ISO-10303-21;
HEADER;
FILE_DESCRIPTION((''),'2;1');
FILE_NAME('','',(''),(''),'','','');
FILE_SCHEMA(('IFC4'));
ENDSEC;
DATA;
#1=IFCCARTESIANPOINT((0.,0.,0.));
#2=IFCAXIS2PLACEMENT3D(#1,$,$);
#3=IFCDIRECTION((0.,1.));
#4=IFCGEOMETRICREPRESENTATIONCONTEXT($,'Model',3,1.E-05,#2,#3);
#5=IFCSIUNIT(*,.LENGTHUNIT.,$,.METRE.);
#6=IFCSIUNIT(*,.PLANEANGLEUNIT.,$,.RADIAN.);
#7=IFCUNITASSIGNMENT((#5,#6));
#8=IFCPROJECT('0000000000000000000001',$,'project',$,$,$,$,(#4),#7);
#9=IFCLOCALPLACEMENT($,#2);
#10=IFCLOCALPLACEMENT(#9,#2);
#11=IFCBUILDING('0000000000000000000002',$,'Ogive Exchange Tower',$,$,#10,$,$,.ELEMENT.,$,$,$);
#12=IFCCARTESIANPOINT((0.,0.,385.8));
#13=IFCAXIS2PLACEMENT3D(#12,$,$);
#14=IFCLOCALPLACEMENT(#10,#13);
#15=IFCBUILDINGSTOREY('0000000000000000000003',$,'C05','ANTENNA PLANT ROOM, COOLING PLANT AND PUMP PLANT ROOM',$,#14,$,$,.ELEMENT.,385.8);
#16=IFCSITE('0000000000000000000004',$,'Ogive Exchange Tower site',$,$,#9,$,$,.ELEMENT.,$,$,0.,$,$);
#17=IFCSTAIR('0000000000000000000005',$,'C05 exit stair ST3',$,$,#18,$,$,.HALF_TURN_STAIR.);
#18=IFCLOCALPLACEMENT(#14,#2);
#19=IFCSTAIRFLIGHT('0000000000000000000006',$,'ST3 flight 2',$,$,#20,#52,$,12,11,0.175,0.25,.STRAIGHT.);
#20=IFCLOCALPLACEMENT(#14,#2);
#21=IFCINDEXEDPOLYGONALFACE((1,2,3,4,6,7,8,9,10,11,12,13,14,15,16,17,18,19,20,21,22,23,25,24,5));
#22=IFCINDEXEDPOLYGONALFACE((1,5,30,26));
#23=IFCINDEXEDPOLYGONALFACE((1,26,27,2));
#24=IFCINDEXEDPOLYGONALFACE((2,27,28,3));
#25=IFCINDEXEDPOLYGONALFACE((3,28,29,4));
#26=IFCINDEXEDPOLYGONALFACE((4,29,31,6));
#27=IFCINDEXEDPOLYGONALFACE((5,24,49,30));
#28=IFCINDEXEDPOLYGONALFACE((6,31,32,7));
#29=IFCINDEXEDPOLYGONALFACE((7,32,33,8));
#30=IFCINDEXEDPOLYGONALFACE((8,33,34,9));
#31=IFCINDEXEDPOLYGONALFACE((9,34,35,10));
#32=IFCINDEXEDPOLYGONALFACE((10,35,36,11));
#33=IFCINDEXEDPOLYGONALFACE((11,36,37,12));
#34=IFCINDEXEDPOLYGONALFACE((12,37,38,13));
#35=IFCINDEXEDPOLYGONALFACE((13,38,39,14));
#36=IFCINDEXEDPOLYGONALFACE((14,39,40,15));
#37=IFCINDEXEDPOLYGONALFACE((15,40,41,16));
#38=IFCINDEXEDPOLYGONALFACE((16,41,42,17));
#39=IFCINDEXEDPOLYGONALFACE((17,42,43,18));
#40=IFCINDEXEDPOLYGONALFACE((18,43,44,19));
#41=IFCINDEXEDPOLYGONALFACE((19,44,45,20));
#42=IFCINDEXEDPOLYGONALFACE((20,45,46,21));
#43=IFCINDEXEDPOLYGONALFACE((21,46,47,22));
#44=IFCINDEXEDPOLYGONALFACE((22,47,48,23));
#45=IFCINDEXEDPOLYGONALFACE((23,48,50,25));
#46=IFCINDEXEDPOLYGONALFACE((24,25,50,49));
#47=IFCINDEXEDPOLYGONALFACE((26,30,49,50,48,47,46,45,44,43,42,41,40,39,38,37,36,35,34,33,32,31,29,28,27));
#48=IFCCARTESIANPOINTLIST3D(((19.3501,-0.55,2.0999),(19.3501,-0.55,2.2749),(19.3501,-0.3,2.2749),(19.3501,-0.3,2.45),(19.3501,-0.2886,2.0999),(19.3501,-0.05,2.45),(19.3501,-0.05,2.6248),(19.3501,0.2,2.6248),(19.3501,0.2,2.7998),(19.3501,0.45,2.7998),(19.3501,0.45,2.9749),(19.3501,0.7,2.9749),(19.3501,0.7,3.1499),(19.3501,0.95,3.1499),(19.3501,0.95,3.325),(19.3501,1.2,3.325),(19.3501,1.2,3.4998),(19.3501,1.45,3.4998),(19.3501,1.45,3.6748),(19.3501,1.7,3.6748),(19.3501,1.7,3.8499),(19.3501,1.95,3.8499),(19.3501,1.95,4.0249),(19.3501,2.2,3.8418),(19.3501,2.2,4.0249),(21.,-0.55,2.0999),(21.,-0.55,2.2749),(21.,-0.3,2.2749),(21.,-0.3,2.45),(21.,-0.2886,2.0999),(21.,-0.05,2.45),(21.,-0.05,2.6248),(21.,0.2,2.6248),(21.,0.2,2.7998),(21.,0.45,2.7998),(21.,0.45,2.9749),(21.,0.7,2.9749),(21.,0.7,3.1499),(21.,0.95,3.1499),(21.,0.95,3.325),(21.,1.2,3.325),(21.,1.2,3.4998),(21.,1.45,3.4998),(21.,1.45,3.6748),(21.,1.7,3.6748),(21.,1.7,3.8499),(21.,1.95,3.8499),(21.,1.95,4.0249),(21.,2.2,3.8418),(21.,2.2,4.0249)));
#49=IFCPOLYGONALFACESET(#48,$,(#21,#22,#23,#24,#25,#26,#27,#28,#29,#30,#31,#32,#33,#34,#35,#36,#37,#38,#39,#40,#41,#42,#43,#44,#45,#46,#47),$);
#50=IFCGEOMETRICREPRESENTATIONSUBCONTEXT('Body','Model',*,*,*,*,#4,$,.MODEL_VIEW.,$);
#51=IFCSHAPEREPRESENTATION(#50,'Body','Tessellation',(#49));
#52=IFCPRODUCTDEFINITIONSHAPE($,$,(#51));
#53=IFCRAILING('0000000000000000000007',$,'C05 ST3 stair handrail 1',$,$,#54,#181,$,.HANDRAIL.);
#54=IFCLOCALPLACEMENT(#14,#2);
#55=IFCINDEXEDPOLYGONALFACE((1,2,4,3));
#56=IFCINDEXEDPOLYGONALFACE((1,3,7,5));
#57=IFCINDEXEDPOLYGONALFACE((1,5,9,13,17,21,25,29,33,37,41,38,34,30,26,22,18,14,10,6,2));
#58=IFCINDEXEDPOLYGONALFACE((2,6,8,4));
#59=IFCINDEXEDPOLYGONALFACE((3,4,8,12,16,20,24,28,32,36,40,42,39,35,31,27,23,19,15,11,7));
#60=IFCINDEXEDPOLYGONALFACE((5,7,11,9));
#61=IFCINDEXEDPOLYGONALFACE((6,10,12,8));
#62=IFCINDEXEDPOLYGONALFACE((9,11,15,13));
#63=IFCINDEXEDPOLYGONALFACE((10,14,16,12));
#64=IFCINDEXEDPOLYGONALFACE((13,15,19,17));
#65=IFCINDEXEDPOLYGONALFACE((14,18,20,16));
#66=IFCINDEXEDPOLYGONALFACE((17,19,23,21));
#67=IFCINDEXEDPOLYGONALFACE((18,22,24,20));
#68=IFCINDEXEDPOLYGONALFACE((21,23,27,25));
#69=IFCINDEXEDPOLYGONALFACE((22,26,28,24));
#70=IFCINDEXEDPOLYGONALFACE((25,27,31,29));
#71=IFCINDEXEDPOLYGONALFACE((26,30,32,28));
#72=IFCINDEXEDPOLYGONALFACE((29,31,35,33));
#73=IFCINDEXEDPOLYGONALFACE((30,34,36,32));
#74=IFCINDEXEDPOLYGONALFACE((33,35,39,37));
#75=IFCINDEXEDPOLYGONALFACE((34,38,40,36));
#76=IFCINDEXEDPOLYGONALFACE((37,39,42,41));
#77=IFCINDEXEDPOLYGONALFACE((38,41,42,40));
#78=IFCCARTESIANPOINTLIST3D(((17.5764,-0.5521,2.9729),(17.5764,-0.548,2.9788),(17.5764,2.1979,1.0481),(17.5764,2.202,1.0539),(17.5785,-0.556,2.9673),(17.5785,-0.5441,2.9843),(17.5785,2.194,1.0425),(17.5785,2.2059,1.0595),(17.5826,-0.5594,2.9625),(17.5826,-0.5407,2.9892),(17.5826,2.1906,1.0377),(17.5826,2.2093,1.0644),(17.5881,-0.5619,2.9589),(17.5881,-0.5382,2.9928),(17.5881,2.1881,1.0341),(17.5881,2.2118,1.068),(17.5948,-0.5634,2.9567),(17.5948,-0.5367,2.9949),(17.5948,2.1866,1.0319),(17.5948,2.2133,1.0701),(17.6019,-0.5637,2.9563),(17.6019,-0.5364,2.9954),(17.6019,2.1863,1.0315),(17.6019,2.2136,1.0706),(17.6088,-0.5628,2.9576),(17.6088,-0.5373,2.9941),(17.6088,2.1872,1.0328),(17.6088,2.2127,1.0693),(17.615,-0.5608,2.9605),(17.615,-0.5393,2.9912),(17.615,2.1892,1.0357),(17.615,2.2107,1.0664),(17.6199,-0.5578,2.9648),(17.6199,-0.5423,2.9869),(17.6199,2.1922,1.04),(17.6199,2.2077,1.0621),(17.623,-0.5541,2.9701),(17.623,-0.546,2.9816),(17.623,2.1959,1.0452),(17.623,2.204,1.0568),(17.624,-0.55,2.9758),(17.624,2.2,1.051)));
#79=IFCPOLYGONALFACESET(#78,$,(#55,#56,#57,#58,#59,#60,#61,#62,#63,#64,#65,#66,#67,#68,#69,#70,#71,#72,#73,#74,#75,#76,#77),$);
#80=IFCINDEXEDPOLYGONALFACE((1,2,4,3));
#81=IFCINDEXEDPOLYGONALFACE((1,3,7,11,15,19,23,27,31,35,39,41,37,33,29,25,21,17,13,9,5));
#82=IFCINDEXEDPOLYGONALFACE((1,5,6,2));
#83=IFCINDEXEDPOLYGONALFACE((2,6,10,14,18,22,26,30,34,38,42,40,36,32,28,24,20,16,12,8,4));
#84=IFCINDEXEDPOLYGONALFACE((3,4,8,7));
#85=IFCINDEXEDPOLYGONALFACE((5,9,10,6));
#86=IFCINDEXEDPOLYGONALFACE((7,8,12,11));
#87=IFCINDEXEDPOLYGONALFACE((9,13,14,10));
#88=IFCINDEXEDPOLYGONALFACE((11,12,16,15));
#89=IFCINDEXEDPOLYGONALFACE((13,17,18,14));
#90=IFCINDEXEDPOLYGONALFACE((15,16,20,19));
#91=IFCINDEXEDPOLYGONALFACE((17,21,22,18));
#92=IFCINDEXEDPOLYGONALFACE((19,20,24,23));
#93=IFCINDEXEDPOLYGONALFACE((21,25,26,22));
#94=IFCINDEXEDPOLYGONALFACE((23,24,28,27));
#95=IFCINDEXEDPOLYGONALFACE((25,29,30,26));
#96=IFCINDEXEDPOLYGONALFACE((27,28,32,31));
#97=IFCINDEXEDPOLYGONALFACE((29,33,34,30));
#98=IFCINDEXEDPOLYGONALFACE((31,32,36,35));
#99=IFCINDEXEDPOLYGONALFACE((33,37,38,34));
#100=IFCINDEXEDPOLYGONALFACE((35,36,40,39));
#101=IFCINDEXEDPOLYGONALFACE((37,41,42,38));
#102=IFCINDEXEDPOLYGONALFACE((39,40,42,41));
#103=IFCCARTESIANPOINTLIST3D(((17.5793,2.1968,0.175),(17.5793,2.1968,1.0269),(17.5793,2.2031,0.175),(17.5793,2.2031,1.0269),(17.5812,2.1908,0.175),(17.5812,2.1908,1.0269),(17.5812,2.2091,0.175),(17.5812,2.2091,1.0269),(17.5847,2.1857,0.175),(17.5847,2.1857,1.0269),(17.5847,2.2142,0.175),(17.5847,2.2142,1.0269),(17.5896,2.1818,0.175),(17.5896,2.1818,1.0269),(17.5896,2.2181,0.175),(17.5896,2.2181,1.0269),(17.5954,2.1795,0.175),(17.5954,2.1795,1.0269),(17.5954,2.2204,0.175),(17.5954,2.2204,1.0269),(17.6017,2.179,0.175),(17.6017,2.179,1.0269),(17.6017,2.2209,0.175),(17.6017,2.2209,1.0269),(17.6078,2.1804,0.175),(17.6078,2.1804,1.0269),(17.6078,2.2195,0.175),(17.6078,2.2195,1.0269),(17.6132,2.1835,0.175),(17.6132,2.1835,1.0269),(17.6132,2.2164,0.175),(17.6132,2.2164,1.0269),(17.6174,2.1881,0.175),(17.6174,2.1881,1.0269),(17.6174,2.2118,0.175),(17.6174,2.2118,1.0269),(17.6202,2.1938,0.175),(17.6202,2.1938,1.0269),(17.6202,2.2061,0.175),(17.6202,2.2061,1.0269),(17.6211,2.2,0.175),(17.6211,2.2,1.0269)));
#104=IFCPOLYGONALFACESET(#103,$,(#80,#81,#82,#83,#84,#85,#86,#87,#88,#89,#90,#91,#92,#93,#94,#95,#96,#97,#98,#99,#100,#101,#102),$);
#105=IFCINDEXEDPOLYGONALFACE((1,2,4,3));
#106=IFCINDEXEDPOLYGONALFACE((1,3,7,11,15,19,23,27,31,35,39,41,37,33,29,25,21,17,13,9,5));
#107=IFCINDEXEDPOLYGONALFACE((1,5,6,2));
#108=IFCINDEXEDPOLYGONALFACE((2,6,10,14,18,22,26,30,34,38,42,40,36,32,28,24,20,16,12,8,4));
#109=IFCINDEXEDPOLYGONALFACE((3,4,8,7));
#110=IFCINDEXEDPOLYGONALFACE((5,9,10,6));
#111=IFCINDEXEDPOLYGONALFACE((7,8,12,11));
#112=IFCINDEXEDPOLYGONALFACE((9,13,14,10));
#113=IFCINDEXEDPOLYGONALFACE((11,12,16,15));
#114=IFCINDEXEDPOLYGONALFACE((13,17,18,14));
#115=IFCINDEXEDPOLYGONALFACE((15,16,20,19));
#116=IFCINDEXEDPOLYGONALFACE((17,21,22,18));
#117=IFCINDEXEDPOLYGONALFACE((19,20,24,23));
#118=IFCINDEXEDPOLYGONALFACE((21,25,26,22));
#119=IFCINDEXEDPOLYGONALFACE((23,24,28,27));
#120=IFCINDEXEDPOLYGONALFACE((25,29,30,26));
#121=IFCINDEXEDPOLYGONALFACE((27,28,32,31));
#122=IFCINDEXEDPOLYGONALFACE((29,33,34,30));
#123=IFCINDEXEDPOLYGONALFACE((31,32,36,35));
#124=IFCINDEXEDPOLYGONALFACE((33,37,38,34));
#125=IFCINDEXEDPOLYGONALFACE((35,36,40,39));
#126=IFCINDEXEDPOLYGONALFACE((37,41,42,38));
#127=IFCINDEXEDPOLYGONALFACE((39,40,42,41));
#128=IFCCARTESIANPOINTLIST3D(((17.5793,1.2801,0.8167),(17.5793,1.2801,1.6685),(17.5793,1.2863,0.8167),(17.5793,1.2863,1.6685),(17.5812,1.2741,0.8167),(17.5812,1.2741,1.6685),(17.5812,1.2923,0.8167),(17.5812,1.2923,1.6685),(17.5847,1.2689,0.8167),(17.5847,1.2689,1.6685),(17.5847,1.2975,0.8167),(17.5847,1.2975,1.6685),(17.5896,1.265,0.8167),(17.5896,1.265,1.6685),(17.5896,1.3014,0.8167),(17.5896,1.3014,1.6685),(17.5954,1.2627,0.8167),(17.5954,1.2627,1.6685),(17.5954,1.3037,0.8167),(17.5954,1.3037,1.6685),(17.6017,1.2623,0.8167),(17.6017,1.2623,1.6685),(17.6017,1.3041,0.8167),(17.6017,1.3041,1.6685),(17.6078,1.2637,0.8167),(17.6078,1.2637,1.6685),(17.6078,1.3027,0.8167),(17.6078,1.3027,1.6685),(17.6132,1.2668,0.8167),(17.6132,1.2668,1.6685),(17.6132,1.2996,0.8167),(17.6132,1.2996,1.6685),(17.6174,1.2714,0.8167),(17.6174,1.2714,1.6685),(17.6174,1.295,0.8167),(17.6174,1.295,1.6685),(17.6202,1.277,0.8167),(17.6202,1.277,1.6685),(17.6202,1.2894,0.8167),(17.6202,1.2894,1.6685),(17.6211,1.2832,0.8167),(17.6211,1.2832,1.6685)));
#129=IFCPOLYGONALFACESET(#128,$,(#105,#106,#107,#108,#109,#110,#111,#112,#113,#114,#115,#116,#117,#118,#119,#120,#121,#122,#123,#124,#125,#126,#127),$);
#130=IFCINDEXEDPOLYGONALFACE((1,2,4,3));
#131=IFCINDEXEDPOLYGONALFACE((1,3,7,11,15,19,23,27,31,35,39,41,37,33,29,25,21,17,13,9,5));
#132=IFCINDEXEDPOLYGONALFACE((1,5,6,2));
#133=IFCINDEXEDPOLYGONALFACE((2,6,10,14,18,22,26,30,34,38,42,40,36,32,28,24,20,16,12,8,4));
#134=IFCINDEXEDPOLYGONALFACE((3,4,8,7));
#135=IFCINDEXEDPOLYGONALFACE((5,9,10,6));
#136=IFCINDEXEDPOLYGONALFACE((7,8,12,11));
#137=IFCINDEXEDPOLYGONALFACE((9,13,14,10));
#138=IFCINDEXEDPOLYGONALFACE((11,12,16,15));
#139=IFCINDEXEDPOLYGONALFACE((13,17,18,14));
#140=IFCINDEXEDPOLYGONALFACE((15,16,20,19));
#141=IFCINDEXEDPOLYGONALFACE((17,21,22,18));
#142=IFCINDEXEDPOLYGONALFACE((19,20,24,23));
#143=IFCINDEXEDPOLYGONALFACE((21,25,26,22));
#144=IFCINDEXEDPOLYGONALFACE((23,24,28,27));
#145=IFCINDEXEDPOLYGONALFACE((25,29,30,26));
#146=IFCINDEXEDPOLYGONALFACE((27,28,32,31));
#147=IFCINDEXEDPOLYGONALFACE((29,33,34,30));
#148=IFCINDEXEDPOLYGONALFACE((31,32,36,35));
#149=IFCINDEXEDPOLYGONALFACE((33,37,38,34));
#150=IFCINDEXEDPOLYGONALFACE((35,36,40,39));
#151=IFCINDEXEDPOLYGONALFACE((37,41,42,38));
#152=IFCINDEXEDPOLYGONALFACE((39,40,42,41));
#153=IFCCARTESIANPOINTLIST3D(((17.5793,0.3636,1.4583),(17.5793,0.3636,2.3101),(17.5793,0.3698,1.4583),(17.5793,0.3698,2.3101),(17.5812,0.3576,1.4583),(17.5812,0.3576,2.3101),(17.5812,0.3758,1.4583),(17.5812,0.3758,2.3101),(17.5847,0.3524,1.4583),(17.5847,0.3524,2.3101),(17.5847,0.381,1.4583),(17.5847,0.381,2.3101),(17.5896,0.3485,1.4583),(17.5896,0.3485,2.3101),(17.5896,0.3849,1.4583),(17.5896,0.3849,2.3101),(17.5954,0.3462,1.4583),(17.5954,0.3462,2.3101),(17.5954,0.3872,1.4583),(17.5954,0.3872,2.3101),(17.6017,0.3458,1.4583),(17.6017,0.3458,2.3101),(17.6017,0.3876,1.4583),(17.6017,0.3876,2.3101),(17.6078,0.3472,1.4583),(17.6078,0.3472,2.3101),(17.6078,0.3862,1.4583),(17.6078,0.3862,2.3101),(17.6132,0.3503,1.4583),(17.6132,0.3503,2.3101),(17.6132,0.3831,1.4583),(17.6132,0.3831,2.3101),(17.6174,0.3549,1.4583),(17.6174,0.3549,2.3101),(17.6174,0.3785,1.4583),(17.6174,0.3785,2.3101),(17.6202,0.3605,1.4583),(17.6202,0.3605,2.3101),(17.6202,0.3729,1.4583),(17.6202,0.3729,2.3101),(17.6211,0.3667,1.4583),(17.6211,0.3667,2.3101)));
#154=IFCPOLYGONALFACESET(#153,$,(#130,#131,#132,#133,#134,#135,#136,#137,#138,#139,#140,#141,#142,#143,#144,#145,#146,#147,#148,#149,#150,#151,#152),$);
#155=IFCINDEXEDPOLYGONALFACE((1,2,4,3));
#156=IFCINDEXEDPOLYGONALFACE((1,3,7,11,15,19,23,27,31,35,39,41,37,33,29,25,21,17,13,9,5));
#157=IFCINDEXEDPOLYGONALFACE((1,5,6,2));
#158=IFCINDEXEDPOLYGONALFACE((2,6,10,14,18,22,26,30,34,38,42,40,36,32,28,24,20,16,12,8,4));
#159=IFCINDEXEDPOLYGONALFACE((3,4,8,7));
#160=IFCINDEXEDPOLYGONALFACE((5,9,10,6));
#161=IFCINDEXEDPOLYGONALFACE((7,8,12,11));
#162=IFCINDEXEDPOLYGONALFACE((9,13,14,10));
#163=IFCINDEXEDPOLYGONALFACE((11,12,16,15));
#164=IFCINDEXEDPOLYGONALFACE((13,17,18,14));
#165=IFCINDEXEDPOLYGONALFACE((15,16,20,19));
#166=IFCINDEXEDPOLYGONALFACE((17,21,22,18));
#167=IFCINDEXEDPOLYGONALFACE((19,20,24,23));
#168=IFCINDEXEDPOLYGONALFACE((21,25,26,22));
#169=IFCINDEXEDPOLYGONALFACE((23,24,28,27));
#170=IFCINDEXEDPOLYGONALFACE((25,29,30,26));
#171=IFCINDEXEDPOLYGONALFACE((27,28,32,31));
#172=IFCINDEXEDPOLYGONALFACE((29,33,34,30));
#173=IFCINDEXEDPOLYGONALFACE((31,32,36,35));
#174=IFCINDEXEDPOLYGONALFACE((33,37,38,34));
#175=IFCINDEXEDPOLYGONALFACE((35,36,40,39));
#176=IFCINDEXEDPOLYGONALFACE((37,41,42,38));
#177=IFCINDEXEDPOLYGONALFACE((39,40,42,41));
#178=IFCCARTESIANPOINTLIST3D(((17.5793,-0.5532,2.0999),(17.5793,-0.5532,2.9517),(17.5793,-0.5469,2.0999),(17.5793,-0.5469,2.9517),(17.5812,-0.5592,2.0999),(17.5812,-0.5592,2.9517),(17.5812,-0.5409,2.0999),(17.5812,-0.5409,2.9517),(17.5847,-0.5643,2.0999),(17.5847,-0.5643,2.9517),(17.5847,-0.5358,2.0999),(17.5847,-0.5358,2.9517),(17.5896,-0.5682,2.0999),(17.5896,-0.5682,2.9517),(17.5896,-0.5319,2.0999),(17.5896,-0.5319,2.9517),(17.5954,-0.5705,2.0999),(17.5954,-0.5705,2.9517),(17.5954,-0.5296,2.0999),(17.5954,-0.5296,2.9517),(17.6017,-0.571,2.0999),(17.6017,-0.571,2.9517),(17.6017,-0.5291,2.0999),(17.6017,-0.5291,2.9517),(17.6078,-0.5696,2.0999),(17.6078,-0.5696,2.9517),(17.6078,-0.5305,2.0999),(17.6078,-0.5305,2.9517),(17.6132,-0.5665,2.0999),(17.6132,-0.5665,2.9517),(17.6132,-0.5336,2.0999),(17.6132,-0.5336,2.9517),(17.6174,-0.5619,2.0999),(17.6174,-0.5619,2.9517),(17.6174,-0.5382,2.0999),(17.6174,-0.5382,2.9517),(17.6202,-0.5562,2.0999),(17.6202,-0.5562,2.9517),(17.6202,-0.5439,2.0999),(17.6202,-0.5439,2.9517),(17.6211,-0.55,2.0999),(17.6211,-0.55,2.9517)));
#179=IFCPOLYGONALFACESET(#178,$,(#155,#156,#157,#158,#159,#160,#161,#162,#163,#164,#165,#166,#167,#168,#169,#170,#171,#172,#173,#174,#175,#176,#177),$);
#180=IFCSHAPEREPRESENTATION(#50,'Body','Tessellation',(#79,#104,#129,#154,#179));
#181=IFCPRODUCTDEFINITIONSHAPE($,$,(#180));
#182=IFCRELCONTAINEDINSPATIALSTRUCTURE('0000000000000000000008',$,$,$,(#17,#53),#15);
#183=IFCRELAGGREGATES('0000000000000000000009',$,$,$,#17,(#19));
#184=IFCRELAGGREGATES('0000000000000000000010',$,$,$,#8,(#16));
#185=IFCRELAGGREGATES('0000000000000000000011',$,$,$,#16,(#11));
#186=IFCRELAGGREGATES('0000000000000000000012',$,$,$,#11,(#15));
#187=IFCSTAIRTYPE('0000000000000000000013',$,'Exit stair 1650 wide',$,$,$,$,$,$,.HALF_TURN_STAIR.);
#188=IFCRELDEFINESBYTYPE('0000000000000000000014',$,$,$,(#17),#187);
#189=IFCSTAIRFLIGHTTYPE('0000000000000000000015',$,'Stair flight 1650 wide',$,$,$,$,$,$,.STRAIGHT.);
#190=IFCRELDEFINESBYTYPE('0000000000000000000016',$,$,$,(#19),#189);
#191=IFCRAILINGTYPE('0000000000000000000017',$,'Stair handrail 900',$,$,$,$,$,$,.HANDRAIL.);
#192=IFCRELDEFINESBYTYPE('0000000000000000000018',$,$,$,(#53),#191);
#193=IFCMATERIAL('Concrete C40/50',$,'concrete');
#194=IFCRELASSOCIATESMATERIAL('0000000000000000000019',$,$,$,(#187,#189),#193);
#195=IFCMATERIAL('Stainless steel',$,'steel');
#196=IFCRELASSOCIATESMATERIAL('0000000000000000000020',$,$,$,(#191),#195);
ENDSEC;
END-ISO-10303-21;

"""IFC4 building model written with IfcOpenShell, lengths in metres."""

from ifc_helpers import new_model, si_unit, direction, frame, origin, origin_2d, place, context, subcontext, project, spatial, polyline, circle, outline, extrude, material, type_object, element, aggregate, save


model = new_model("IFC4")

# Units and contexts
model_context = context("Model", 3, precision=1e-05, world=origin(), true_north=direction((0.0, 1.0)))
body_context = subcontext(model_context, "Body", "Model", "MODEL_VIEW")
ifc_project = project(units=[si_unit("LENGTHUNIT", "METRE"), si_unit("PLANEANGLEUNIT", "RADIAN")], contexts=[model_context])

# Site, building, storey
site_placement = place(None, origin())
site = spatial("IfcSite", under=ifc_project, at=site_placement, Name="Ogive Exchange Tower site", CompositionType="ELEMENT", RefElevation=0.0)
building_placement = place(site_placement, origin())
building = spatial("IfcBuilding", under=site, at=building_placement, Name="Ogive Exchange Tower", CompositionType="ELEMENT")
storey_placement = place(building_placement, frame((0.0, 0.0, 385.8)))
storey = spatial("IfcBuildingStorey", under=building, at=storey_placement, Name="C05", Description="ANTENNA PLANT ROOM, COOLING PLANT AND PUMP PLANT ROOM", CompositionType="ELEMENT", Elevation=385.8)

# Shared definitions
ifc_material_1 = material(Name="Stainless steel", Category="steel")

# Stair, stair flight
ifc_material_2 = material(Name="Concrete C40/50", Category="concrete")
stair_type = type_object("IfcStairType", Name="Exit stair 1650 wide", PredefinedType="HALF_TURN_STAIR", material=ifc_material_2)
stair_placement = place(storey_placement, origin())
stair = element("IfcStair", 1, at=stair_placement, inside=storey, type_object=stair_type, Name="C05 exit stair ST3", PredefinedType="HALF_TURN_STAIR")
stair_flight_type = type_object("IfcStairFlightType", Name="Stair flight 1650 wide", PredefinedType="STRAIGHT", material=ifc_material_2)
stair_flight_1_placement = place(storey_placement, frame((20.175, -0.55, 2.0999), z_axis=(0.0, 0.0, 1.0), x_axis=(0.0, 1.0, 0.0)))
stair_flight_1 = element("IfcStairFlight", 2, at=stair_flight_1_placement, type_object=stair_flight_type, Name="ST3 flight 2", NumberOfRisers=12, NumberOfTreads=11, PredefinedType="STRAIGHT", RiserHeight=0.175, TreadLength=0.25, context=body_context, shape_type="SweptSolid", body=[
    extrude(outline(polyline([(0.0, 0.0), (0.0, 0.175), (0.25, 0.175), (0.25, 0.3501), (0.5, 0.3501), (0.5, 0.5249), (0.75, 0.5249), (0.75, 0.7), (1.0, 0.7), (1.0, 0.875), (1.25, 0.875), (1.25, 1.05), (1.5, 1.05), (1.5, 1.2251), (1.75, 1.2251), (1.75, 1.3999), (2.0, 1.3999), (2.0, 1.575), (2.25, 1.575), (2.25, 1.75), (2.5, 1.75), (2.5, 1.925), (2.75, 1.925), (2.75, 2.1001), (2.75, 1.7419), (0.2615, 0.0), (0.0, 0.0)])), frame((0.0, 0.825, 0.0), z_axis=(0.0, -1.0, 0.0), x_axis=(1.0, 0.0, 0.0)), (0.0, 0.0, 1.0), 1.6499),
])
aggregate(stair, [stair_flight_1])

# Railing
railing_type = type_object("IfcRailingType", Name="Stair handrail 900", PredefinedType="HANDRAIL", material=ifc_material_1)
railing_1_placement = place(storey_placement, frame((17.6001, 2.2, 0.175)))
element("IfcRailing", 3, at=railing_1_placement, inside=storey, type_object=railing_type, Name="C05 ST3 stair handrail 1", PredefinedType="HANDRAIL", context=body_context, shape_type="SweptSolid", body=[
    extrude(circle(Radius=0.0239, at=origin_2d()), frame((0.0, 0.0, 0.876), z_axis=(0.0, -0.819259, 0.573423), x_axis=(1.0, 0.0, 0.0)), (0.0, 0.0, 1.0), 3.3567),
    extrude(circle(Radius=0.021, at=origin_2d()), origin(), (0.0, 0.0, 1.0), 0.8518),
    extrude(circle(Radius=0.021, at=origin_2d()), frame((0.0, -0.9167, 0.6416)), (0.0, 0.0, 1.0), 0.8518),
    extrude(circle(Radius=0.021, at=origin_2d()), frame((0.0, -1.8333, 1.2832)), (0.0, 0.0, 1.0), 0.8518),
    extrude(circle(Radius=0.021, at=origin_2d()), frame((0.0, -2.75, 1.9248)), (0.0, 0.0, 1.0), 0.8518),
])

save(model, "model.ifc")
